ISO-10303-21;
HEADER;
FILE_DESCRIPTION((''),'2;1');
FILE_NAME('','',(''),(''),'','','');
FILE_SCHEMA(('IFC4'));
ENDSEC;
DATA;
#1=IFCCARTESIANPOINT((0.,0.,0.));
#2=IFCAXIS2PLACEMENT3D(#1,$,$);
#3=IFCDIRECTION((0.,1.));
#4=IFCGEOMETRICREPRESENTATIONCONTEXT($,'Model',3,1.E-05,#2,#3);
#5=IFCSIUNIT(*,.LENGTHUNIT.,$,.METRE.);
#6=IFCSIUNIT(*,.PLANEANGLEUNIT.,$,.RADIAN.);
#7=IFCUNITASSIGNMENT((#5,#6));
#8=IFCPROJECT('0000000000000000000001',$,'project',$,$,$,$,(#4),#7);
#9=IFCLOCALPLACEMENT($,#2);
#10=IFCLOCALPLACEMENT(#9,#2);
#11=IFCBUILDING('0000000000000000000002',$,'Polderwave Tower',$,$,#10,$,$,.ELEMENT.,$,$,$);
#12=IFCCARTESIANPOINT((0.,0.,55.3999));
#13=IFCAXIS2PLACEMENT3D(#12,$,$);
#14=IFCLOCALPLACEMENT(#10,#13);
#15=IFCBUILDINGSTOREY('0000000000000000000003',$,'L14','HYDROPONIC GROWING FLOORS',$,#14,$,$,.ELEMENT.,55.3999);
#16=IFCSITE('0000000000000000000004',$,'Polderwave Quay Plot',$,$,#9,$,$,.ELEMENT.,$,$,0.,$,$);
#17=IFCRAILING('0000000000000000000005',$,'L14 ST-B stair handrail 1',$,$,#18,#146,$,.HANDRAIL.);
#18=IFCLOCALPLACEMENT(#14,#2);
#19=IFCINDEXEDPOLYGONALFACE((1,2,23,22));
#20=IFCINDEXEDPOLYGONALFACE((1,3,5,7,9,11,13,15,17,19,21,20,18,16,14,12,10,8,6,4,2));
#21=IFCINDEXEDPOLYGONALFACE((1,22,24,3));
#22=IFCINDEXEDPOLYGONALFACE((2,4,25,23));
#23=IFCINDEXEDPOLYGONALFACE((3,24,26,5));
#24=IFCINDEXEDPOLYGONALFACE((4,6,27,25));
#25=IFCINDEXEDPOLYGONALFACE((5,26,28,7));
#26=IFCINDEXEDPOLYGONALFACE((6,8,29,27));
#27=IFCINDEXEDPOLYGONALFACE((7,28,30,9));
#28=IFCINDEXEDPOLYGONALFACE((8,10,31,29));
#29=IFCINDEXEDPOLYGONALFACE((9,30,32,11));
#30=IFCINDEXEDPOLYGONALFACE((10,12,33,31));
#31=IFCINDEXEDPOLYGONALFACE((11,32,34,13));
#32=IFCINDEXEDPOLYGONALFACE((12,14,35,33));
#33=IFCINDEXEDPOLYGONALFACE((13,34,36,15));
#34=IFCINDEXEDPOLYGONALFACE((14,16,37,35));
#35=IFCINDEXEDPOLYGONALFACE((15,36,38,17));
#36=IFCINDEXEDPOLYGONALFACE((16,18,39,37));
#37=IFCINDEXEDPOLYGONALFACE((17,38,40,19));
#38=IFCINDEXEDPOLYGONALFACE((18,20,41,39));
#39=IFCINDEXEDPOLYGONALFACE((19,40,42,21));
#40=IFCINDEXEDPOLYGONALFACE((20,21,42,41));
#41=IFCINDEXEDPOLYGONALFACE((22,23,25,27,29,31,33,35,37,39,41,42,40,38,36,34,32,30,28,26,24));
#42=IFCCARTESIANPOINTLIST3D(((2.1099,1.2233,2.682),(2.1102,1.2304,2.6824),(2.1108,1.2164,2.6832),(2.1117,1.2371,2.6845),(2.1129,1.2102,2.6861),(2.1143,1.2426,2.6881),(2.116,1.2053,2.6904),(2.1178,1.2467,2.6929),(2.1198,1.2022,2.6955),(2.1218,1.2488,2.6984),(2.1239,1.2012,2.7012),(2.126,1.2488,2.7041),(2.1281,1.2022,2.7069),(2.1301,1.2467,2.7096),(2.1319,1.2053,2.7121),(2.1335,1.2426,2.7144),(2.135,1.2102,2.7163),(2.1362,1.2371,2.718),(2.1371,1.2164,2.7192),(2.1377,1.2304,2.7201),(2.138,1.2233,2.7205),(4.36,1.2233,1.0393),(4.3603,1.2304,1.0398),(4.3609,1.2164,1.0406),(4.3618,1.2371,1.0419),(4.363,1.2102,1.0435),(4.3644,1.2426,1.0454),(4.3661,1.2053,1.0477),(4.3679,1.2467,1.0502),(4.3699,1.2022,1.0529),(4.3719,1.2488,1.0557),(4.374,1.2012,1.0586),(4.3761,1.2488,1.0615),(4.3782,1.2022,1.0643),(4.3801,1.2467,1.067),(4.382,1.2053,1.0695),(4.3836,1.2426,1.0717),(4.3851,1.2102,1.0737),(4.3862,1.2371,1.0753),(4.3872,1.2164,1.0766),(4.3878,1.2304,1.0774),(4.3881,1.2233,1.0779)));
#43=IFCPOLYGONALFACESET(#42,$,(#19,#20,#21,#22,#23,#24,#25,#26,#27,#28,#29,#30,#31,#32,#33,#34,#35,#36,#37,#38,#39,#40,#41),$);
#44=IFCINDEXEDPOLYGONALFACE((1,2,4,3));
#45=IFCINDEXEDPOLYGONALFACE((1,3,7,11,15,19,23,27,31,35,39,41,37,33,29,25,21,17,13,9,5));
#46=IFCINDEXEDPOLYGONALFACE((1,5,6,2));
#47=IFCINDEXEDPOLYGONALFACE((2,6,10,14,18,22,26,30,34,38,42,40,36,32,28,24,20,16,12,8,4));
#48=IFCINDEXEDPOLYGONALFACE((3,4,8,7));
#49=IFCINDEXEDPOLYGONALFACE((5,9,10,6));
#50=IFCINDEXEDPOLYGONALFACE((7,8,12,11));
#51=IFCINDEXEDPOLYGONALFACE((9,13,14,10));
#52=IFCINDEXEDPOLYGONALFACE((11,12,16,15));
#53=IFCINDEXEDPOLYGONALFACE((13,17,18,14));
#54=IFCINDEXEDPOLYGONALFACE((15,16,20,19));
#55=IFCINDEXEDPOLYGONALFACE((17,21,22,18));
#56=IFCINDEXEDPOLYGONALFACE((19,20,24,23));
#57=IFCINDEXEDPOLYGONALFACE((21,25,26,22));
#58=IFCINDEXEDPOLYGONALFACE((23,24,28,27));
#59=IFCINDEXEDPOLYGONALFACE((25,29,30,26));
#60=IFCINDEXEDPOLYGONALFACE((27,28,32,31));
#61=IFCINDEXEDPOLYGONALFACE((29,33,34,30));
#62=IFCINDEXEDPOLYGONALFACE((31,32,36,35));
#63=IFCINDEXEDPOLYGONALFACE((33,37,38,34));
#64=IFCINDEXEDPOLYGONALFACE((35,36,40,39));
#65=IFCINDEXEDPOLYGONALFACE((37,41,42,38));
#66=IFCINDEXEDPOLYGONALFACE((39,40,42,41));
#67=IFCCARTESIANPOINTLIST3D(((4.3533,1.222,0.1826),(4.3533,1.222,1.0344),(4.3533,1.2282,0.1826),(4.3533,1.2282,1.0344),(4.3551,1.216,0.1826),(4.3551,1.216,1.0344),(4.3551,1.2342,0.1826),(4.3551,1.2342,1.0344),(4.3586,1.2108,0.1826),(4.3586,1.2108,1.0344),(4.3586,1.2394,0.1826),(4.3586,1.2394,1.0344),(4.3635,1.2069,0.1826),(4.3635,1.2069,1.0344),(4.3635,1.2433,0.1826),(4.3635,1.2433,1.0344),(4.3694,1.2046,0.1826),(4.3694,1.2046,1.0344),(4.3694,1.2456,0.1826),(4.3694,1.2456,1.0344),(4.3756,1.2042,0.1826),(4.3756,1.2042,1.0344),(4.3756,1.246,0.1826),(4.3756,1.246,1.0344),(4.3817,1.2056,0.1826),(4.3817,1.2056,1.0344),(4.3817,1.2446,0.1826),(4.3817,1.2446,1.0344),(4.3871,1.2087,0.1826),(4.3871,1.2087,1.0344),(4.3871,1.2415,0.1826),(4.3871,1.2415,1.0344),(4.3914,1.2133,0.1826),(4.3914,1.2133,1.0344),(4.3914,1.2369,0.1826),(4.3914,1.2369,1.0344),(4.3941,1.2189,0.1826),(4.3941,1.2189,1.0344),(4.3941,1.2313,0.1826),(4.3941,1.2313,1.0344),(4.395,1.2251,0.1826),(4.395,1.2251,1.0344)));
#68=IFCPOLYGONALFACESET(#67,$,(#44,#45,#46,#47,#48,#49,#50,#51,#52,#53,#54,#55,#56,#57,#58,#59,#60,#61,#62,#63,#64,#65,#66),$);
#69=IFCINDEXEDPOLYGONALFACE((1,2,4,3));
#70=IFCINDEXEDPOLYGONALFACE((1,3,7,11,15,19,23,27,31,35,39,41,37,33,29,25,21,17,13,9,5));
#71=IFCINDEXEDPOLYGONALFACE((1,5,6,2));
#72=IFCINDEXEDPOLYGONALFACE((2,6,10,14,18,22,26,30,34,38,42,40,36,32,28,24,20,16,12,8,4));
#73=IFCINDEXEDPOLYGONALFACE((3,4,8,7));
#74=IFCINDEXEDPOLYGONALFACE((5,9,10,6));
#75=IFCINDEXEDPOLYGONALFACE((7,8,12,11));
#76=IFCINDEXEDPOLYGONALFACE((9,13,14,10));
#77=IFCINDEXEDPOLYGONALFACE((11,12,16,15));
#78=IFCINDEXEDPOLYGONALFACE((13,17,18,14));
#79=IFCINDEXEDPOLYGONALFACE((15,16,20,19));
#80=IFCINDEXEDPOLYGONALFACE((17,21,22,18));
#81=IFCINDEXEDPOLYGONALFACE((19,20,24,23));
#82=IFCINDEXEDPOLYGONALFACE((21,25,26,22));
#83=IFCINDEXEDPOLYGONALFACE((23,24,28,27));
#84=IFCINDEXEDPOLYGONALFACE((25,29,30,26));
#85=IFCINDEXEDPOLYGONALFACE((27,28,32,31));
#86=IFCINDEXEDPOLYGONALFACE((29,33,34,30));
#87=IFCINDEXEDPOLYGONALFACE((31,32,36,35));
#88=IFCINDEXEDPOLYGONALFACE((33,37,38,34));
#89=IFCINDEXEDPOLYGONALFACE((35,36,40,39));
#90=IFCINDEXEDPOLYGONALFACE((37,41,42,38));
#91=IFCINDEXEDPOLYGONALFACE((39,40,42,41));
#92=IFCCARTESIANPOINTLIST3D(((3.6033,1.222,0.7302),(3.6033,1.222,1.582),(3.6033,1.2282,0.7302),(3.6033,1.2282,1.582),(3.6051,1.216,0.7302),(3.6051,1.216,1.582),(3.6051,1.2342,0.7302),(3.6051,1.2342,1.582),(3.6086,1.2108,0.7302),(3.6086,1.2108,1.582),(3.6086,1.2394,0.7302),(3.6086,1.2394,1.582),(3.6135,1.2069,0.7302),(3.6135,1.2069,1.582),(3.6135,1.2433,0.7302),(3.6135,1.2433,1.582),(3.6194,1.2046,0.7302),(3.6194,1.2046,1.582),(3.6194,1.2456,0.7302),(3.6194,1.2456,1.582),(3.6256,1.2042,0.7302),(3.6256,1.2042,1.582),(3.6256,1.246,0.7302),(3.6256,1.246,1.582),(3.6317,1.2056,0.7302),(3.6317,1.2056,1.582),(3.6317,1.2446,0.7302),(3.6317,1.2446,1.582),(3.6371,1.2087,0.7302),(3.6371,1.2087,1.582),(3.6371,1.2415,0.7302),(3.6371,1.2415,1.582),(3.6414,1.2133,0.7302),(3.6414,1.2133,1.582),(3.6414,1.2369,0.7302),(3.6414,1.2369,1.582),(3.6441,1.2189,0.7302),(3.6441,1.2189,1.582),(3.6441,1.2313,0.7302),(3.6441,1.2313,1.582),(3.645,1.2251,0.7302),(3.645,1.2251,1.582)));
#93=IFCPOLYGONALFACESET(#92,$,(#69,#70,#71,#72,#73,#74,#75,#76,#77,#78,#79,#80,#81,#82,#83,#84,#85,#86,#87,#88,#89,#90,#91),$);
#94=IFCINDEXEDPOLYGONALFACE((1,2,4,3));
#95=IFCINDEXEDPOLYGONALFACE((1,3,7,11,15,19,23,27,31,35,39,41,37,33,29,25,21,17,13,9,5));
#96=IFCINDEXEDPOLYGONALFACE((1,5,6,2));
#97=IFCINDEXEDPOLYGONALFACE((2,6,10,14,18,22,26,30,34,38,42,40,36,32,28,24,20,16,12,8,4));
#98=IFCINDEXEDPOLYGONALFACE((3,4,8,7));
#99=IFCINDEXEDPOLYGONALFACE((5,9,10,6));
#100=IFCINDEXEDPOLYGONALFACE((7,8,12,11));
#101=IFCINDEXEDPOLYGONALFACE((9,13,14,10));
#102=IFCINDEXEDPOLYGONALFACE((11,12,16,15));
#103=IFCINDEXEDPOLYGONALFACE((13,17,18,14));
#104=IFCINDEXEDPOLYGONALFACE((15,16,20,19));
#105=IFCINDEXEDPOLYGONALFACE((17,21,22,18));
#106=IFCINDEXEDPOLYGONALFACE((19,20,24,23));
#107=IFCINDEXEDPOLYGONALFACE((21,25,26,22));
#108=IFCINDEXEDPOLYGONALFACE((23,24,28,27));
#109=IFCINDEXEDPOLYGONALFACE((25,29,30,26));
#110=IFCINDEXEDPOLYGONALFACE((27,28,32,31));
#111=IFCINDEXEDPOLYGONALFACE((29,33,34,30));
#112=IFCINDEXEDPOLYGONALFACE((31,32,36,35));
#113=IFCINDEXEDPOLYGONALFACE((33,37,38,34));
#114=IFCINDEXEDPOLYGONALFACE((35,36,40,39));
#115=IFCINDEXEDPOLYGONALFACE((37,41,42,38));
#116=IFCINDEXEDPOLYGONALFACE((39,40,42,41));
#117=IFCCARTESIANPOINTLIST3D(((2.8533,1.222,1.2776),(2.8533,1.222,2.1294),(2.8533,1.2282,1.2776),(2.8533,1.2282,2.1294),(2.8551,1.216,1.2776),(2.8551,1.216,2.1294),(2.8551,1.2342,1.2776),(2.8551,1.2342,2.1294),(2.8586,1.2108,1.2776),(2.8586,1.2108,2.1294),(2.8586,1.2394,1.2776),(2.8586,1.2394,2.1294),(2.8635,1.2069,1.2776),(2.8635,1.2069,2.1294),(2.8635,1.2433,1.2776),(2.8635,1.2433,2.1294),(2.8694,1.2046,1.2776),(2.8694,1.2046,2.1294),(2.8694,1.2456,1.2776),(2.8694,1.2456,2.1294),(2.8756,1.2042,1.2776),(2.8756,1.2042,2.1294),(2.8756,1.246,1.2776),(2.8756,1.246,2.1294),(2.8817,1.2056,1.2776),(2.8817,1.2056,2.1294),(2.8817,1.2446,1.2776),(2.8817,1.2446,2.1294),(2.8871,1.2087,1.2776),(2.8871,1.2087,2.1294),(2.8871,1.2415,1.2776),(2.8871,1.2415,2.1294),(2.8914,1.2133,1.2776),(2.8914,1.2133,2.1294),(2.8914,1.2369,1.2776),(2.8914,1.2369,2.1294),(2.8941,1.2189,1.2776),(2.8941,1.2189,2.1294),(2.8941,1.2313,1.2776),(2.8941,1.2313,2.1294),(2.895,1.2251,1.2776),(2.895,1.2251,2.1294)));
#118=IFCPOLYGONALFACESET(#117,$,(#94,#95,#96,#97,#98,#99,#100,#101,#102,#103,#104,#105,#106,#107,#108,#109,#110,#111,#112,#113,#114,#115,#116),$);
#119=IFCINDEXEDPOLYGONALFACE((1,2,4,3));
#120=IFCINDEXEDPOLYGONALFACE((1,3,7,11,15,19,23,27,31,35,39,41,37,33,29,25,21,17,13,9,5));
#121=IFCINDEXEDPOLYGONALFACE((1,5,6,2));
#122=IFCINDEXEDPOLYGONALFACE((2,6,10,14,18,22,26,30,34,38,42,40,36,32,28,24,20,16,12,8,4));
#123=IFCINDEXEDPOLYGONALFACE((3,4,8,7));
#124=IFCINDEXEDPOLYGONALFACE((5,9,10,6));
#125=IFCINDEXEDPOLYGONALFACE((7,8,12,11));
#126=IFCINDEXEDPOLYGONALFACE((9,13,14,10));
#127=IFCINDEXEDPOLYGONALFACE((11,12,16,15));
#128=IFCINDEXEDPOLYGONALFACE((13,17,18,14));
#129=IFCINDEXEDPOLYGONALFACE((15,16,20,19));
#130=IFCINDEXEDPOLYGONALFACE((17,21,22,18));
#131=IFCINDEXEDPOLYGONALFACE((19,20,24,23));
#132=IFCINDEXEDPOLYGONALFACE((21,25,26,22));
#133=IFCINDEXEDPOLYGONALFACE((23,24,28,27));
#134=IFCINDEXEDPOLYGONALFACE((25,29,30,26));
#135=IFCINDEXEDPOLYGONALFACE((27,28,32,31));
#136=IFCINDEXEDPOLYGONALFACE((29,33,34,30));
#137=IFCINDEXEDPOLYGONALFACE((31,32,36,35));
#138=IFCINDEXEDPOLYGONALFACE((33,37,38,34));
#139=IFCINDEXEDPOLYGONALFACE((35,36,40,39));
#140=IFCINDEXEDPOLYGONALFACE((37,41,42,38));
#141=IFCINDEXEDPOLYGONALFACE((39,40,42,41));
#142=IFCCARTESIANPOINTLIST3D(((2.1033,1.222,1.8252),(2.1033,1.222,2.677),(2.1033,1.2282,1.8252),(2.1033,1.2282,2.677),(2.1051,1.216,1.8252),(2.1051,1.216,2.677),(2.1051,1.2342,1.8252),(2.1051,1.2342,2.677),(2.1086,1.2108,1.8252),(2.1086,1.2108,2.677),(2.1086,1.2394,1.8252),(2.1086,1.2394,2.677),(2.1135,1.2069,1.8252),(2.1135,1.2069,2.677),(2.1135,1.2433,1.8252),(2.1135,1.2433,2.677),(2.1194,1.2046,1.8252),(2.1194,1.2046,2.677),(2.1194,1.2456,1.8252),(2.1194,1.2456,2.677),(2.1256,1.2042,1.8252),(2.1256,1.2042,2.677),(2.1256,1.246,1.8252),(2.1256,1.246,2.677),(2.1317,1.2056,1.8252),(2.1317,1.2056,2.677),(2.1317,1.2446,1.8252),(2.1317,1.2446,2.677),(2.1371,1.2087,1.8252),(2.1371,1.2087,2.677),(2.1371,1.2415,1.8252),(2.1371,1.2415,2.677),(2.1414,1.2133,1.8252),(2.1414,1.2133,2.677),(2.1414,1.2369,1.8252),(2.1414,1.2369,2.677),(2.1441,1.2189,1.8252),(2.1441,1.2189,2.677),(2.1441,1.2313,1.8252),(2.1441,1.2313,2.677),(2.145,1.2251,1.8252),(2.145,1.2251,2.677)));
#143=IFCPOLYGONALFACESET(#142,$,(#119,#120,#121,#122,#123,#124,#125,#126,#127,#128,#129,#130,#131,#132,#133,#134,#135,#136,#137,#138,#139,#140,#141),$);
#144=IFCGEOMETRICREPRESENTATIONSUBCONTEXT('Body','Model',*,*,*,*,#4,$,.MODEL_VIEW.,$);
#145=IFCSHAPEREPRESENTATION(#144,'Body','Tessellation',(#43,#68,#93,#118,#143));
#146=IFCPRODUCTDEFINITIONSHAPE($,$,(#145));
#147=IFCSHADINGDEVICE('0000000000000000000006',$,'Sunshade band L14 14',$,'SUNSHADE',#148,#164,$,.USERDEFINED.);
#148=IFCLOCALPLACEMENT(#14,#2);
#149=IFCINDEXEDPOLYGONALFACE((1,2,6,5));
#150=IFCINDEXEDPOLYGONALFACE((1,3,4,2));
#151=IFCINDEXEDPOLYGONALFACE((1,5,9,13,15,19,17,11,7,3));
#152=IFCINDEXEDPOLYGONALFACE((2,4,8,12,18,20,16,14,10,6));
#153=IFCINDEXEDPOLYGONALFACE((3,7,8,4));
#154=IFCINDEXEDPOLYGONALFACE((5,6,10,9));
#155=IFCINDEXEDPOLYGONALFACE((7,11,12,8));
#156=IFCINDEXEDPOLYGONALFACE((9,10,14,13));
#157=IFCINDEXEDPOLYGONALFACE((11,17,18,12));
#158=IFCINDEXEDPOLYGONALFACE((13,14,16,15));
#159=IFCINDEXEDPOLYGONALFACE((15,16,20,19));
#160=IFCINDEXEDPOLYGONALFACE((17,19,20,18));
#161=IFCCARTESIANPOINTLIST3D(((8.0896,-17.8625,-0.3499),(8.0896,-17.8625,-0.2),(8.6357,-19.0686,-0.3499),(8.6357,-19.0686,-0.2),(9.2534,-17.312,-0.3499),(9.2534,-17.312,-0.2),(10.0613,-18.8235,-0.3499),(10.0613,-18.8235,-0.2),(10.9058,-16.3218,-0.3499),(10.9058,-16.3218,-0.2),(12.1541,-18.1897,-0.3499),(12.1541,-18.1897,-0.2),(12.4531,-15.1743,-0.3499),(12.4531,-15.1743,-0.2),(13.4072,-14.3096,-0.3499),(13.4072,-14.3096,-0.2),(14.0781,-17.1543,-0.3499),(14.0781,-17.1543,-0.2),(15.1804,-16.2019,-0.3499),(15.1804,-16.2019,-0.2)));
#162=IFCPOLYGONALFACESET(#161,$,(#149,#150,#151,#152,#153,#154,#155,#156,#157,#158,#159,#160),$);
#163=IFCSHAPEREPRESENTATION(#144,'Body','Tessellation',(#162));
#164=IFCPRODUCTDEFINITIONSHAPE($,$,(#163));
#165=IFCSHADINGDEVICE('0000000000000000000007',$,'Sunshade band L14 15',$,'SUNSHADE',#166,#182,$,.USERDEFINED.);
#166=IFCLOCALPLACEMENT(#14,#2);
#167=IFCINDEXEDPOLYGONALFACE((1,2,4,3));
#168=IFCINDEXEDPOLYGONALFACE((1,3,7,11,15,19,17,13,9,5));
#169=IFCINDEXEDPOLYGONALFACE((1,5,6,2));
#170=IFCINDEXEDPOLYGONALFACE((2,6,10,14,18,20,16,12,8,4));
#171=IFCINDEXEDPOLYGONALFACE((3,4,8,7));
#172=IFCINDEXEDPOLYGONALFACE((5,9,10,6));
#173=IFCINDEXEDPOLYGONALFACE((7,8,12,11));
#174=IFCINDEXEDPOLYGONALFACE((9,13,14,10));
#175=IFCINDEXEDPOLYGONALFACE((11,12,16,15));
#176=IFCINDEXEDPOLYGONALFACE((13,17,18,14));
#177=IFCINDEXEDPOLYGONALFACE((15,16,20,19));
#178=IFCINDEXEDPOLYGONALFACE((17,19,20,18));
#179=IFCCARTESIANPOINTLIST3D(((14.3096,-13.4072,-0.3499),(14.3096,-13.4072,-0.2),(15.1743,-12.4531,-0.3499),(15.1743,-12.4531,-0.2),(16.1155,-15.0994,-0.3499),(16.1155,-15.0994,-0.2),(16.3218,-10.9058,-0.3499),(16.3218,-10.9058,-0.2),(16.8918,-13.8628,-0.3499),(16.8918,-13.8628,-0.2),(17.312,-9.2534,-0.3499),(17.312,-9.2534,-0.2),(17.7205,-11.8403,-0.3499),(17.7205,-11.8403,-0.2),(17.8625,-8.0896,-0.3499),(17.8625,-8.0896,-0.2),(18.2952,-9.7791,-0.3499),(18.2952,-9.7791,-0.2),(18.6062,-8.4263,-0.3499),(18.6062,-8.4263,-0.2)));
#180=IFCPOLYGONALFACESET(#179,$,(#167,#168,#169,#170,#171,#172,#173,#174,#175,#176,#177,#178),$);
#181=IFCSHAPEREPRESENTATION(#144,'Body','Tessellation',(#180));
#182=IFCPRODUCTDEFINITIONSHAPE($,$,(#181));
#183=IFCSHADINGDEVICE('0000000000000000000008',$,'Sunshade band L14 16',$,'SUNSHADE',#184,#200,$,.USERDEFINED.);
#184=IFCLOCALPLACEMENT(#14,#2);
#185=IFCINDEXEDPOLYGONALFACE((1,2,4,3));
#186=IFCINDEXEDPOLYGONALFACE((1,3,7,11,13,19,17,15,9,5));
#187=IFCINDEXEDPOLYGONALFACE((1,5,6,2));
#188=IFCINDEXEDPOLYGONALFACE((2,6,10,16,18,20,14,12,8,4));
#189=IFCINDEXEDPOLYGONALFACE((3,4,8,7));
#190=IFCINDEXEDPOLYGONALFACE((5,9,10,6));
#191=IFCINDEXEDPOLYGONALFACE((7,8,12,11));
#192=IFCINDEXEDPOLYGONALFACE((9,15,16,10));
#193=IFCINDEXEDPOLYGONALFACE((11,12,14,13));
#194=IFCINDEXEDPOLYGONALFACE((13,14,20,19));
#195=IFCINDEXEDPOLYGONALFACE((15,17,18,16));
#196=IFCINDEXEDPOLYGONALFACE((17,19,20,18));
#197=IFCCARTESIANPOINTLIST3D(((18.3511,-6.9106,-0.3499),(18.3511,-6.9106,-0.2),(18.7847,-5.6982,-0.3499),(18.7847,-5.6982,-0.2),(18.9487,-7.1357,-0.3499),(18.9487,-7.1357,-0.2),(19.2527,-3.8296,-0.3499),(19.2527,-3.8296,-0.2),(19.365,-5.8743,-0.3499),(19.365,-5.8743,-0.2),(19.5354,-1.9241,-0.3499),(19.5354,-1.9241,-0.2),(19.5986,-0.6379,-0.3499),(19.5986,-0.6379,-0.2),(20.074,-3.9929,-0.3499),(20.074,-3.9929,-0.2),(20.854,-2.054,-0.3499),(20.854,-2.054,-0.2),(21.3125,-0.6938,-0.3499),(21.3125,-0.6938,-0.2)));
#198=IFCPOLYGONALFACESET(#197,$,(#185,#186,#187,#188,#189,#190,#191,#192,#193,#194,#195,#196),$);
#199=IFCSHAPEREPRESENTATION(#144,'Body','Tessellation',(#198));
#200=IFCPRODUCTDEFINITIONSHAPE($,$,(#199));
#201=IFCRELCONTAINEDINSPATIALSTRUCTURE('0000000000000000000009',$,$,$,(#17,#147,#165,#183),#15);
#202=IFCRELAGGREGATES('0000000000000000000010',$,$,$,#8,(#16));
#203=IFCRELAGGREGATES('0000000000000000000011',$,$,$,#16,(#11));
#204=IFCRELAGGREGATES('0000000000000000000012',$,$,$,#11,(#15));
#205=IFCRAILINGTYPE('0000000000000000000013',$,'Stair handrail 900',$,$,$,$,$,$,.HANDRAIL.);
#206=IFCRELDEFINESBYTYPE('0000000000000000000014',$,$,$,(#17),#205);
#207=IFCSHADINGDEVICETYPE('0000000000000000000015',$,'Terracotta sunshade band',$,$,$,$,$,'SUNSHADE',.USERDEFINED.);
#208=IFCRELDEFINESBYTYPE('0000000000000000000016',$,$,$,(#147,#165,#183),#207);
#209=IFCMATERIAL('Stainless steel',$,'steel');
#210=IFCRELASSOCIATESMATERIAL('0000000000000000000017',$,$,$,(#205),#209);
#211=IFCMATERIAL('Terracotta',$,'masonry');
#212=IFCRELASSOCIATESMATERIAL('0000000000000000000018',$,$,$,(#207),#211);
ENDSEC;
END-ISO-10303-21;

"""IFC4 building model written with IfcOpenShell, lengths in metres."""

from ifc_helpers import new_model, si_unit, direction, frame, origin, origin_2d, place, context, subcontext, project, spatial, polyline, circle, outline, extrude, material, type_object, element, save


model = new_model("IFC4")

# Units and contexts
model_context = context("Model", 3, precision=1e-05, world=origin(), true_north=direction((0.0, 1.0)))
body_context = subcontext(model_context, "Body", "Model", "MODEL_VIEW")
ifc_project = project(units=[si_unit("LENGTHUNIT", "METRE"), si_unit("PLANEANGLEUNIT", "RADIAN")], contexts=[model_context])

# Site, building, storey
site_placement = place(None, origin())
site = spatial("IfcSite", under=ifc_project, at=site_placement, Name="Polderwave Quay Plot", CompositionType="ELEMENT", RefElevation=0.0)
building_placement = place(site_placement, origin())
building = spatial("IfcBuilding", under=site, at=building_placement, Name="Polderwave Tower", CompositionType="ELEMENT")
storey_placement = place(building_placement, frame((0.0, 0.0, 55.3999)))
storey = spatial("IfcBuildingStorey", under=building, at=storey_placement, Name="L14", Description="HYDROPONIC GROWING FLOORS", CompositionType="ELEMENT", Elevation=55.3999)

# Railing
ifc_material_1 = material(Name="Stainless steel", Category="steel")
railing_type_1 = type_object("IfcRailingType", Name="Stair handrail 900", PredefinedType="HANDRAIL", material=ifc_material_1)
railing_1_placement = place(storey_placement, frame((4.374, 1.2251, 0.1826)))
element("IfcRailing", 1, at=railing_1_placement, inside=storey, type_object=railing_type_1, Name="L14 ST-B stair handrail 1", PredefinedType="HANDRAIL", context=body_context, shape_type="SweptSolid", body=[
    extrude(circle(Radius=0.0239, at=origin_2d()), frame((0.0, 0.0, 0.876), z_axis=(-0.807674, 0.0, 0.58963), x_axis=(0.0, -1.0, 0.0)), (0.0, 0.0, 1.0), 2.7859),
    extrude(circle(Radius=0.021, at=origin_2d()), origin(), (0.0, 0.0, 1.0), 0.8518),
    extrude(circle(Radius=0.021, at=origin_2d()), frame((-0.75, 0.0, 0.5476)), (0.0, 0.0, 1.0), 0.8518),
    extrude(circle(Radius=0.021, at=origin_2d()), frame((-1.5, 0.0, 1.095)), (0.0, 0.0, 1.0), 0.8518),
    extrude(circle(Radius=0.021, at=origin_2d()), frame((-2.25, 0.0, 1.6426)), (0.0, 0.0, 1.0), 0.8518),
])

# Shading devices
ifc_material_2 = material(Name="Terracotta", Category="masonry")
shading_device_type = type_object("IfcShadingDeviceType", Name="Terracotta sunshade band", ElementType="SUNSHADE", PredefinedType="USERDEFINED", material=ifc_material_2)
shading_device_1_placement = place(storey_placement, frame((0.0, 0.0, -0.3499)))
element("IfcShadingDevice", 2, at=shading_device_1_placement, inside=storey, type_object=shading_device_type, Name="Sunshade band L14 14", ObjectType="SUNSHADE", PredefinedType="USERDEFINED", context=body_context, shape_type="SweptSolid", body=[
    extrude(outline(polyline([(8.0896, -17.8625), (9.2534, -17.312), (10.9058, -16.3218), (12.4531, -15.1743), (13.4072, -14.3096), (15.1804, -16.2019), (14.0781, -17.1543), (12.1541, -18.1897), (10.0613, -18.8235), (8.6357, -19.0686), (8.0896, -17.8625)])), origin(), (0.0, 0.0, 1.0), 0.1499),
])
shading_device_2_placement = place(storey_placement, frame((0.0, 0.0, -0.3499)))
element("IfcShadingDevice", 3, at=shading_device_2_placement, inside=storey, type_object=shading_device_type, Name="Sunshade band L14 15", ObjectType="SUNSHADE", PredefinedType="USERDEFINED", context=body_context, shape_type="SweptSolid", body=[
    extrude(outline(polyline([(14.3096, -13.4072), (15.1743, -12.4531), (16.3218, -10.9058), (17.312, -9.2534), (17.8625, -8.0896), (18.6062, -8.4263), (18.2952, -9.7791), (17.7205, -11.8403), (16.8918, -13.8628), (16.1155, -15.0994), (14.3096, -13.4072)])), origin(), (0.0, 0.0, 1.0), 0.1499),
])
shading_device_3_placement = place(storey_placement, frame((0.0, 0.0, -0.3499)))
element("IfcShadingDevice", 4, at=shading_device_3_placement, inside=storey, type_object=shading_device_type, Name="Sunshade band L14 16", ObjectType="SUNSHADE", PredefinedType="USERDEFINED", context=body_context, shape_type="SweptSolid", body=[
    extrude(outline(polyline([(18.3511, -6.9106), (18.7847, -5.6982), (19.2527, -3.8296), (19.5354, -1.9241), (19.5986, -0.6379), (21.3125, -0.6938), (20.854, -2.054), (20.074, -3.9929), (19.365, -5.8743), (18.9487, -7.1357), (18.3511, -6.9106)])), origin(), (0.0, 0.0, 1.0), 0.1499),
])

save(model, "model.ifc")
